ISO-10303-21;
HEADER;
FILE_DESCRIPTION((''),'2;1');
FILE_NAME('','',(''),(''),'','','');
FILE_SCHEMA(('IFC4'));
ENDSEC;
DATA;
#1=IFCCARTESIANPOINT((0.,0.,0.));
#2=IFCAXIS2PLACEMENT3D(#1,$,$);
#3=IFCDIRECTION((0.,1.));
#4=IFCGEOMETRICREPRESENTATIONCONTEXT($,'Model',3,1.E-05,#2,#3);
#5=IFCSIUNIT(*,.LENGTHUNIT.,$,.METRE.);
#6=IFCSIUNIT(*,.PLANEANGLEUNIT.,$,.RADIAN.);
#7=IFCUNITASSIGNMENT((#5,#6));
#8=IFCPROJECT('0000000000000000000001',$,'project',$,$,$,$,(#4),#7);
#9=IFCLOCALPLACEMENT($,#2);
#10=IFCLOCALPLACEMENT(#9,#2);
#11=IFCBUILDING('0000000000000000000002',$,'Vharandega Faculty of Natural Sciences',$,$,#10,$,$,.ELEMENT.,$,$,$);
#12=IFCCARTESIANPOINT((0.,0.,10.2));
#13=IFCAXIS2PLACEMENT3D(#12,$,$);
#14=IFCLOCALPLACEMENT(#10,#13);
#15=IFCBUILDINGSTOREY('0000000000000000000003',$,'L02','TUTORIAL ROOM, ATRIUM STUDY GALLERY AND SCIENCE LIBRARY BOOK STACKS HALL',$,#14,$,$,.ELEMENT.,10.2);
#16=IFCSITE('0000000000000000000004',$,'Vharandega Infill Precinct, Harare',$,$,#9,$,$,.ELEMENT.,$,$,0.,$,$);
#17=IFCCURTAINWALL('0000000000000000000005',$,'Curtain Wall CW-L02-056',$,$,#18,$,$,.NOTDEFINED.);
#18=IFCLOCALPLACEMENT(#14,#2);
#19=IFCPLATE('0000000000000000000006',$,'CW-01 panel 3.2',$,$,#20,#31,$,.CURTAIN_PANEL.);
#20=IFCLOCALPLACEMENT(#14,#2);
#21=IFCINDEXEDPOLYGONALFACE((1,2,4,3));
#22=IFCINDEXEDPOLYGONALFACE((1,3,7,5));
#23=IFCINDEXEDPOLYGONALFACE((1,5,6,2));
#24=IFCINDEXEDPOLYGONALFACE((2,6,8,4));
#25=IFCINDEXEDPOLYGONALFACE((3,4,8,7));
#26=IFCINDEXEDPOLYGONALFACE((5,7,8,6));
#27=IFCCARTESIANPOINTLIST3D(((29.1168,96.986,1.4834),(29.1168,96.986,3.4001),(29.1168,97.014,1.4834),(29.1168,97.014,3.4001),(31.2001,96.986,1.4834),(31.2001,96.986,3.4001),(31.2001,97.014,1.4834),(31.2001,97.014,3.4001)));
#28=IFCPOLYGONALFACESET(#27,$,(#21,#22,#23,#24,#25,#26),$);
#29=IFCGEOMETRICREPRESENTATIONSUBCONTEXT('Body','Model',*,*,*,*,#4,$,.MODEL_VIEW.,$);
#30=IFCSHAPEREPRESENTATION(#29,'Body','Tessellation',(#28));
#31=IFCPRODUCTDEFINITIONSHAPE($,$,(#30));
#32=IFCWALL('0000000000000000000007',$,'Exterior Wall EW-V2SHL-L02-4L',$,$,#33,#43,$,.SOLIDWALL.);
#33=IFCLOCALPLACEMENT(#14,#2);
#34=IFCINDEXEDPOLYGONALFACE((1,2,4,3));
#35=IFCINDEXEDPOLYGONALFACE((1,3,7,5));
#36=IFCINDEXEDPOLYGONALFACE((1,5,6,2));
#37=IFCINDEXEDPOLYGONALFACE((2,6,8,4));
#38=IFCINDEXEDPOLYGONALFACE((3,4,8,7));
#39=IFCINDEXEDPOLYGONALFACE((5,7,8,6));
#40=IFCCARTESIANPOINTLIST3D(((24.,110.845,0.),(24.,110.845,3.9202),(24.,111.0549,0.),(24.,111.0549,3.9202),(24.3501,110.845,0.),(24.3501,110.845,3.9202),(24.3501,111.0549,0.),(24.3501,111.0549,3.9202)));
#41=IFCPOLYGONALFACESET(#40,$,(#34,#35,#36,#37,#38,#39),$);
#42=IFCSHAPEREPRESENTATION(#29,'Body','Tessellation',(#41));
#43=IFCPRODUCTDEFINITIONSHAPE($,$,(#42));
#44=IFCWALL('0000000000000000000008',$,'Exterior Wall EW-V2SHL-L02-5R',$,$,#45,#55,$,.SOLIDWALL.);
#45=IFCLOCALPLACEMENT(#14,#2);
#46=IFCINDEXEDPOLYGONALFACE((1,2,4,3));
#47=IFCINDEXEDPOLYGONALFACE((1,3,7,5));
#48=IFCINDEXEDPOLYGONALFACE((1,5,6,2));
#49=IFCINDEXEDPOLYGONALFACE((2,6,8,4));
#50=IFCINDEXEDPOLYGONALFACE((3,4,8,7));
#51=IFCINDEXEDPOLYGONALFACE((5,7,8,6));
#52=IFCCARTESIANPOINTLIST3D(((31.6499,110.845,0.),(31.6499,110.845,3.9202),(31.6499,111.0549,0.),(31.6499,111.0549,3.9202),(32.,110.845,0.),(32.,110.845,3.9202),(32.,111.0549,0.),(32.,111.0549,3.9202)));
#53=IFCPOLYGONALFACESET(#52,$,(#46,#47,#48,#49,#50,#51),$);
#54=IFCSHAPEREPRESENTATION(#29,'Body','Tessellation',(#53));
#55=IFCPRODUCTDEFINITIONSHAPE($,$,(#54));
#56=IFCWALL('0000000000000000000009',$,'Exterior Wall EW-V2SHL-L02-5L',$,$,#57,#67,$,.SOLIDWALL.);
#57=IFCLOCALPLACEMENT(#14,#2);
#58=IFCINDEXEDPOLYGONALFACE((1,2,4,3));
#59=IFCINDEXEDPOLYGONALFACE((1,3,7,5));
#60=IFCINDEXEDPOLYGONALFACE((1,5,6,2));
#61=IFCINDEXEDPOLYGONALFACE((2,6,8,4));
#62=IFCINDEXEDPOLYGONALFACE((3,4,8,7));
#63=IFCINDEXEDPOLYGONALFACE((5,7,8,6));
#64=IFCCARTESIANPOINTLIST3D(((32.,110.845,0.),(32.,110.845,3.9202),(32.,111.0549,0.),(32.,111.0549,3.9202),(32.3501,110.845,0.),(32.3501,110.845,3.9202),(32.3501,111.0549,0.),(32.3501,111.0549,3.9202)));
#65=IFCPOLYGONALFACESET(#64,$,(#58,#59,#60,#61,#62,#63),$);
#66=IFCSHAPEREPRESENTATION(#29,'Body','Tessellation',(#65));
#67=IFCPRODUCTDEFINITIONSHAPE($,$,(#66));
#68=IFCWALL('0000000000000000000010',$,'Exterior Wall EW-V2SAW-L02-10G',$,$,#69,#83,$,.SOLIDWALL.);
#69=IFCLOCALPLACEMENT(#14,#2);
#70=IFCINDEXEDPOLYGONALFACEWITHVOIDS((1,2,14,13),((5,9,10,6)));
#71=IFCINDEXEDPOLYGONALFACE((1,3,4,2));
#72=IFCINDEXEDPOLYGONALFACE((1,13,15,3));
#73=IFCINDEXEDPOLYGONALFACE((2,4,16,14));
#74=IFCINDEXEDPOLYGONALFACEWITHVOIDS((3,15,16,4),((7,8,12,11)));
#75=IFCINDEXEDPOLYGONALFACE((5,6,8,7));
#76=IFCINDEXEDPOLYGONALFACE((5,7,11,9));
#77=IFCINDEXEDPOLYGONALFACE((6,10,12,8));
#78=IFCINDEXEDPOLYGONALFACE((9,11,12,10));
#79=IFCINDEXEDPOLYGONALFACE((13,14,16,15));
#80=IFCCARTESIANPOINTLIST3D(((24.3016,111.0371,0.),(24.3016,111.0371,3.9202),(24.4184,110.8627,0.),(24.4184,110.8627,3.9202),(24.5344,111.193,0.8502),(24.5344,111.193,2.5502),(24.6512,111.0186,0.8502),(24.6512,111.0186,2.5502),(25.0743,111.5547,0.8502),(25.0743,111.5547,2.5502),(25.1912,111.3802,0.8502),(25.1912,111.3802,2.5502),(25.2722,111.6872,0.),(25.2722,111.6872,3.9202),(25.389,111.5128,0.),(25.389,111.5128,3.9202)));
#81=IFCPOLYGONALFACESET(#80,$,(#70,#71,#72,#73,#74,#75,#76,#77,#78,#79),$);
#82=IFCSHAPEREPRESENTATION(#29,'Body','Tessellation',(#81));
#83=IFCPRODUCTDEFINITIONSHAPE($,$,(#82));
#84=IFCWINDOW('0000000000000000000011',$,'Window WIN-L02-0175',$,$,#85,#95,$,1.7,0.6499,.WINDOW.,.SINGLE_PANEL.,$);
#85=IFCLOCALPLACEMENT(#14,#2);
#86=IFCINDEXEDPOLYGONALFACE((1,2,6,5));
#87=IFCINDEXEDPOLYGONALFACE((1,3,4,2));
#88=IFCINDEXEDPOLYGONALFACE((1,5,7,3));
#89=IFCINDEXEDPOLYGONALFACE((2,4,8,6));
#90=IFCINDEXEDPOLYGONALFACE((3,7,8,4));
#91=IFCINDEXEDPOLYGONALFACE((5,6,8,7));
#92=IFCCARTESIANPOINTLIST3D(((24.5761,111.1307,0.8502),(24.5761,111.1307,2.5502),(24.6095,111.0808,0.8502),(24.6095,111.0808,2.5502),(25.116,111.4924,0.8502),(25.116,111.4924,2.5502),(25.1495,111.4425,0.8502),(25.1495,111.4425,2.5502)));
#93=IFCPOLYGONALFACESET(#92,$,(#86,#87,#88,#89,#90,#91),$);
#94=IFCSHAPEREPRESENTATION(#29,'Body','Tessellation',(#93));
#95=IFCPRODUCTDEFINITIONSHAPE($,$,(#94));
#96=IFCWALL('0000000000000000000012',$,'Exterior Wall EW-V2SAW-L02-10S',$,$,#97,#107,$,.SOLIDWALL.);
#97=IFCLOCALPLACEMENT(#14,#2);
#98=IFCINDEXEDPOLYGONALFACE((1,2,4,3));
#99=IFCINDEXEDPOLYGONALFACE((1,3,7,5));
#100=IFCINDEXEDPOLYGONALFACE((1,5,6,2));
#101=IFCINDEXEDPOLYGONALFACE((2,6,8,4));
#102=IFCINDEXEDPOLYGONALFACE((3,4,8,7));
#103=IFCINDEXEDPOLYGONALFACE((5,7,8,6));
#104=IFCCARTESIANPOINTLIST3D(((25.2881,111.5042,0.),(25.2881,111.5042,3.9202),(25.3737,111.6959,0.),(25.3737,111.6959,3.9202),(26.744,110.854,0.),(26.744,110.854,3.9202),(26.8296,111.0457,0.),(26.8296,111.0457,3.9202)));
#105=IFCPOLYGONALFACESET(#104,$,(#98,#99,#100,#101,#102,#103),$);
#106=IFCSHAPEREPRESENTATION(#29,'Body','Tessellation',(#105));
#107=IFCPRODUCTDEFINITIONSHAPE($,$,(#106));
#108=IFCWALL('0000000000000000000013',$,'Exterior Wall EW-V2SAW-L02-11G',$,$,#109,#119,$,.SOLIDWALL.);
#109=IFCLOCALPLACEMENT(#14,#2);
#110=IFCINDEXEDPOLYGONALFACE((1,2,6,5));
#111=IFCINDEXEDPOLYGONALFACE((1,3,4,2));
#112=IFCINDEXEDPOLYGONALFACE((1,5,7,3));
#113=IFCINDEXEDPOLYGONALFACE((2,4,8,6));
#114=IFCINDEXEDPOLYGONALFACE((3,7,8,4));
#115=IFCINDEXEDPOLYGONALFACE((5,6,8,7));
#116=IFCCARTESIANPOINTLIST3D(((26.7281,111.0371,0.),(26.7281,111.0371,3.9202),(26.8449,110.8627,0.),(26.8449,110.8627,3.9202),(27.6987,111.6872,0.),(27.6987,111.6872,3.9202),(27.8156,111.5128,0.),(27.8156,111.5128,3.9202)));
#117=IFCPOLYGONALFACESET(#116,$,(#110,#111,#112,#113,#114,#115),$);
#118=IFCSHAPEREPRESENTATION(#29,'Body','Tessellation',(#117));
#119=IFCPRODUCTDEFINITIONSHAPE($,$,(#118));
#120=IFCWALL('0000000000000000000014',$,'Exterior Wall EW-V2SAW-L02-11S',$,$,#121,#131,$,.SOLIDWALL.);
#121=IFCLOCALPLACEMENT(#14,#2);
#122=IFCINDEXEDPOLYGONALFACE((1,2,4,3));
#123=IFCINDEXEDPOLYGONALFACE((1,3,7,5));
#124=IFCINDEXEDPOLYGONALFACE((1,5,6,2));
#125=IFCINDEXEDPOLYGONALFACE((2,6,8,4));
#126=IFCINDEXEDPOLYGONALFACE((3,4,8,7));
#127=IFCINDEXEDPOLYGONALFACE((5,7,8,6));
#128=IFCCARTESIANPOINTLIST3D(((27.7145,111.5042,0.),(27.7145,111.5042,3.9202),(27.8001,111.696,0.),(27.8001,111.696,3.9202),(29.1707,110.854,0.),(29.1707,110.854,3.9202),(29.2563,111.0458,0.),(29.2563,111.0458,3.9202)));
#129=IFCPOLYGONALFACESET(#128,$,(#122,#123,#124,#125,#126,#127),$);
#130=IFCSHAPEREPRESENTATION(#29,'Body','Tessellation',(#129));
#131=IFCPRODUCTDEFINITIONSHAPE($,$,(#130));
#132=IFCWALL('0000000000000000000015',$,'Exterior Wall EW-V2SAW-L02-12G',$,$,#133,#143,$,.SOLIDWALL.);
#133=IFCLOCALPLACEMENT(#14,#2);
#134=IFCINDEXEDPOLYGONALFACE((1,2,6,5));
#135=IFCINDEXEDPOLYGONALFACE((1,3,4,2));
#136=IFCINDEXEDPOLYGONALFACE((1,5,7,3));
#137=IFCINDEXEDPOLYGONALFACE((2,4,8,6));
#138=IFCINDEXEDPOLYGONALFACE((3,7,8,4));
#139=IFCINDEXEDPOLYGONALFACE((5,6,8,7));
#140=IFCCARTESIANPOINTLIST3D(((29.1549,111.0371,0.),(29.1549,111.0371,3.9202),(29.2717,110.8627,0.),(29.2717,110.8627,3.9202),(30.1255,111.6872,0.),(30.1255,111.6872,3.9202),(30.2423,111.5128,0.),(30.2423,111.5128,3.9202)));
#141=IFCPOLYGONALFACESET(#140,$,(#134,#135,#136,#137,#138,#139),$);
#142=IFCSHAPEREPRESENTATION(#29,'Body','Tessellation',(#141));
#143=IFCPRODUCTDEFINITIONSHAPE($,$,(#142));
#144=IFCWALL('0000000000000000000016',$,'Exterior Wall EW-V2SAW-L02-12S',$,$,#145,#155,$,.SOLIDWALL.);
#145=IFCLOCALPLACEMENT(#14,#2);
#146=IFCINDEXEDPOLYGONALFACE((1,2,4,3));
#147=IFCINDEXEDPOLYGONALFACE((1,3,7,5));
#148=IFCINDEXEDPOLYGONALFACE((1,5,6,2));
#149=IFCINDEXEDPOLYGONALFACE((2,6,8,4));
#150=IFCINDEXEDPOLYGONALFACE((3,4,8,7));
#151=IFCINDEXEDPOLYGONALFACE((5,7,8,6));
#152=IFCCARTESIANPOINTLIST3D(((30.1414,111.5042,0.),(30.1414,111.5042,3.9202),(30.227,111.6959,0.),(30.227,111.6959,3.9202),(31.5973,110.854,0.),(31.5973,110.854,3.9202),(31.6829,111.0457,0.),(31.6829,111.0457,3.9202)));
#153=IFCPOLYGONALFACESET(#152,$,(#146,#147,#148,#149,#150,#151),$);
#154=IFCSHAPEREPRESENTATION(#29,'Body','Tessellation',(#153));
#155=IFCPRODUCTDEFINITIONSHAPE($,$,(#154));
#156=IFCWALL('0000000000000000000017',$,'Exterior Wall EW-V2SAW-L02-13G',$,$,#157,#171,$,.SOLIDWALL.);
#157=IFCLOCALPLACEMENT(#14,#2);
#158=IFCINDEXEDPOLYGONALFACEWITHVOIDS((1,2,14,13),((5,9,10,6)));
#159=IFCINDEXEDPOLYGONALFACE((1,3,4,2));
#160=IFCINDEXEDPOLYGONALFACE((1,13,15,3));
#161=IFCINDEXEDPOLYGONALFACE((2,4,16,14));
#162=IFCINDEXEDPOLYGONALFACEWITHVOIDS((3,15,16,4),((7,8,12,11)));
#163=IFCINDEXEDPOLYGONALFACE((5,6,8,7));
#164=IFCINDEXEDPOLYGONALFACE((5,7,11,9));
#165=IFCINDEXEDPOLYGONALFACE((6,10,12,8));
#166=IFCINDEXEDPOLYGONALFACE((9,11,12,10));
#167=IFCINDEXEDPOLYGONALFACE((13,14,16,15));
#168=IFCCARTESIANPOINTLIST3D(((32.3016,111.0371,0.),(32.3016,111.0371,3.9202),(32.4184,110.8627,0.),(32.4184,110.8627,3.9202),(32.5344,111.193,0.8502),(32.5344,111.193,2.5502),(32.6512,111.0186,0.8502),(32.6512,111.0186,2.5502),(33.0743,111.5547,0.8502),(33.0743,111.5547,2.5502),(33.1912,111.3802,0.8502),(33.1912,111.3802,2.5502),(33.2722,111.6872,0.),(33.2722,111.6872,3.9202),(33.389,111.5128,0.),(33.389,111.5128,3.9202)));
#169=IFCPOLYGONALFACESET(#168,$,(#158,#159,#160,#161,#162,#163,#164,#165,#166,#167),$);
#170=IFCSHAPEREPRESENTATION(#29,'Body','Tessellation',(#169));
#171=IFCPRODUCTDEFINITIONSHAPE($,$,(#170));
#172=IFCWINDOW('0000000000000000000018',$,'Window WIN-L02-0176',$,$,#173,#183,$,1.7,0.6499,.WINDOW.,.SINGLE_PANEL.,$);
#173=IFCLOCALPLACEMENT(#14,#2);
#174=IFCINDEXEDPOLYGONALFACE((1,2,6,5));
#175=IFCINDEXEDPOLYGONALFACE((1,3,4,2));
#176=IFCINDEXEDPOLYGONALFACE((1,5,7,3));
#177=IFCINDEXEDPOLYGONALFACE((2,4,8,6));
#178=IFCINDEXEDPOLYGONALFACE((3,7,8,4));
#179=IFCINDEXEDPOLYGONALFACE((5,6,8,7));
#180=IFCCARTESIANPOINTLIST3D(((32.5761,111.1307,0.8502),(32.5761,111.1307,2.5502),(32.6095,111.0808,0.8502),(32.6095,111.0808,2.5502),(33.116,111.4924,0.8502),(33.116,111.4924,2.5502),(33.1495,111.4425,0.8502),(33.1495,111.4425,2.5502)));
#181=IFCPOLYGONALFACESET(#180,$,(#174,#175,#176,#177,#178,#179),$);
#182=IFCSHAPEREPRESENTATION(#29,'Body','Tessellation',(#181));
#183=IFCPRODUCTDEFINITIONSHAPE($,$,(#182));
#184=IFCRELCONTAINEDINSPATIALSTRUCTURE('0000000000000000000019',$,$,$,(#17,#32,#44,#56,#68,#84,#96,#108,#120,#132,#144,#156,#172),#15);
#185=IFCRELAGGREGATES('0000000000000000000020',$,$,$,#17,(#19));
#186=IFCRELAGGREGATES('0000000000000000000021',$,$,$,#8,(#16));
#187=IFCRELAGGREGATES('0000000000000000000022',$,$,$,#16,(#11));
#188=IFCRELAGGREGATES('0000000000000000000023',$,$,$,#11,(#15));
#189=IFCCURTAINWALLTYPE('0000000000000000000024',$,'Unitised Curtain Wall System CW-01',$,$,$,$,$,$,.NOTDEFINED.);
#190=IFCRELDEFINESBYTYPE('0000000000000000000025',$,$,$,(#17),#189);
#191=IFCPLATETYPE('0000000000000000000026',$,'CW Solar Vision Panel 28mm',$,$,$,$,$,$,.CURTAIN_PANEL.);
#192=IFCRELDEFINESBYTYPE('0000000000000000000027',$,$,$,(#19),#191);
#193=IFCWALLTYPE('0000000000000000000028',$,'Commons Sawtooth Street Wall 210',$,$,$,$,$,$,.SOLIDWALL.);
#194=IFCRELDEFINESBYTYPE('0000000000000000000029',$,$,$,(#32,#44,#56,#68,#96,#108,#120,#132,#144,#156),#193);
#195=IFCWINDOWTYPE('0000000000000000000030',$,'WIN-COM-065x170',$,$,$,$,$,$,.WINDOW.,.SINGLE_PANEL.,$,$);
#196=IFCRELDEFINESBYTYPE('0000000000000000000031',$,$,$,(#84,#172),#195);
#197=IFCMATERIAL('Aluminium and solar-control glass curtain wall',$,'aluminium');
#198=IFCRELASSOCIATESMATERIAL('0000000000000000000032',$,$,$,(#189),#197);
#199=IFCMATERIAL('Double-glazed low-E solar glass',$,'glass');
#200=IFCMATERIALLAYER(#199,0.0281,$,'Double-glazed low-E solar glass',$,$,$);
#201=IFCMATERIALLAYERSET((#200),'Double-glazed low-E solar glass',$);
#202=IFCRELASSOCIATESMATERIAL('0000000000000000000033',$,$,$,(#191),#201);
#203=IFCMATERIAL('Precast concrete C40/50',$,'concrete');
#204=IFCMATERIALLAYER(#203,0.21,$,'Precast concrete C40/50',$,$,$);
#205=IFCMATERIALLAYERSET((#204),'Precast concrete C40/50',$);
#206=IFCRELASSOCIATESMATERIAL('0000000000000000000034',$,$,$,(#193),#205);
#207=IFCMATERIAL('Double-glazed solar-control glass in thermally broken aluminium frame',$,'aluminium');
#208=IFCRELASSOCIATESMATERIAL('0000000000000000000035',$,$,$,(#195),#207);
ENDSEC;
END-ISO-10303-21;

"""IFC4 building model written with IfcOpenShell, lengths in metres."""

from ifc_helpers import new_model, si_unit, direction, frame, frame_2d, origin, origin_2d, place, context, subcontext, project, spatial, rectangle, extrude, material, layer, layer_set, type_object, element, fill, aggregate, save


model = new_model("IFC4")

# Units and contexts
model_context = context("Model", 3, precision=1e-05, world=origin(), true_north=direction((0.0, 1.0)))
body_context = subcontext(model_context, "Body", "Model", "MODEL_VIEW")
ifc_project = project(units=[si_unit("LENGTHUNIT", "METRE"), si_unit("PLANEANGLEUNIT", "RADIAN")], contexts=[model_context])

# Site, building, storey
site_placement = place(None, origin())
site = spatial("IfcSite", under=ifc_project, at=site_placement, Name="Vharandega Infill Precinct, Harare", CompositionType="ELEMENT", RefElevation=0.0)
building_placement = place(site_placement, origin())
building = spatial("IfcBuilding", under=site, at=building_placement, Name="Vharandega Faculty of Natural Sciences", CompositionType="ELEMENT")
storey_placement = place(building_placement, frame((0.0, 0.0, 10.2)))
storey = spatial("IfcBuildingStorey", under=building, at=storey_placement, Name="L02", Description="TUTORIAL ROOM, ATRIUM STUDY GALLERY AND SCIENCE LIBRARY BOOK STACKS HALL", CompositionType="ELEMENT", Elevation=10.2)

# Curtain wall
ifc_material_1 = material(Name="Aluminium and solar-control glass curtain wall", Category="aluminium")
curtain_wall_type = type_object("IfcCurtainWallType", Name="Unitised Curtain Wall System CW-01", PredefinedType="NOTDEFINED", material=ifc_material_1)
curtain_wall_placement = place(storey_placement, origin())
curtain_wall = element("IfcCurtainWall", 1, at=curtain_wall_placement, inside=storey, type_object=curtain_wall_type, Name="Curtain Wall CW-L02-056", PredefinedType="NOTDEFINED")

# Plate
ifc_material_2 = material(Name="Double-glazed low-E solar glass", Category="glass")
ifc_layer_1 = layer(ifc_material_2, 0.0281, Name="Double-glazed low-E solar glass")
ifc_layer_set_1 = layer_set([ifc_layer_1], Name="Double-glazed low-E solar glass")
plate_type = type_object("IfcPlateType", Name="CW Solar Vision Panel 28mm", PredefinedType="CURTAIN_PANEL", material=ifc_layer_set_1)
plate_1_placement = place(storey_placement, frame((30.1584, 97.0, 1.4834), z_axis=(0.0, 0.0, 1.0), x_axis=(1.0, 0.0, 0.0)))
plate_1 = element("IfcPlate", 2, at=plate_1_placement, type_object=plate_type, Name="CW-01 panel 3.2", PredefinedType="CURTAIN_PANEL", context=body_context, shape_type="SweptSolid", body=[
    extrude(rectangle(XDim=2.0833, YDim=0.0281, at=origin_2d()), origin(), (0.0, 0.0, 1.0), 1.9167),
])
aggregate(curtain_wall, [plate_1])

# Walls
ifc_material_3 = material(Name="Precast concrete C40/50", Category="concrete")
ifc_layer_2 = layer(ifc_material_3, 0.21, Name="Precast concrete C40/50")
ifc_layer_set_2 = layer_set([ifc_layer_2], Name="Precast concrete C40/50")
wall_type = type_object("IfcWallType", Name="Commons Sawtooth Street Wall 210", PredefinedType="SOLIDWALL", material=ifc_layer_set_2)
for number, where, z_axis, x_axis, name in (
    (3, (24.0, 110.95, 0.0), (0.0, 0.0, 1.0), (1.0, 0.0, 0.0), "Exterior Wall EW-V2SHL-L02-4L"),
    (4, (31.6499, 110.95, 0.0), (0.0, 0.0, 1.0), (1.0, 0.0, 0.0), "Exterior Wall EW-V2SHL-L02-5R"),
    (5, (32.0, 110.95, 0.0), (0.0, 0.0, 1.0), (1.0, 0.0, 0.0), "Exterior Wall EW-V2SHL-L02-5L"),
):
    element("IfcWall", number, at=place(storey_placement, frame(where, z_axis=z_axis, x_axis=x_axis)), inside=storey, type_object=wall_type, Name=name, PredefinedType="SOLIDWALL", context=body_context, shape_type="SweptSolid", body=[
        extrude(rectangle(XDim=0.3501, YDim=0.21, at=frame_2d((0.175, 0.0))), origin(), (0.0, 0.0, 1.0), 3.9202),
    ])

# Wall, opening, window
wall_1_placement = place(storey_placement, frame((24.3601, 110.95, 0.0), z_axis=(0.0, 0.0, 1.0), x_axis=(0.830859, 0.556483, 0.0)))
wall_1 = element("IfcWall", 6, at=wall_1_placement, inside=storey, type_object=wall_type, Name="Exterior Wall EW-V2SAW-L02-10G", PredefinedType="SOLIDWALL", context=body_context, shape_type="SweptSolid", body=[
    extrude(rectangle(XDim=1.1682, YDim=0.21, at=frame_2d((0.584, 0.0))), origin(), (0.0, 0.0, 1.0), 3.9202),
])
opening_1_placement = place(wall_1_placement, frame((0.28, 0.0, 0.8501)))
opening_1 = element("IfcOpeningElement", 7, at=opening_1_placement, cuts=wall_1, PredefinedType="OPENING", context=body_context, shape_type="SweptSolid", body=[
    extrude(rectangle(XDim=0.6499, YDim=1.7, at=frame_2d((0.325, 0.8501))), frame((0.0, 0.115, 0.0), z_axis=(0.0, -1.0, 0.0), x_axis=(1.0, 0.0, 0.0)), (0.0, 0.0, 1.0), 0.23),
])
ifc_material_4 = material(Name="Double-glazed solar-control glass in thermally broken aluminium frame", Category="aluminium")
window_type = type_object("IfcWindowType", Name="WIN-COM-065x170", PartitioningType="SINGLE_PANEL", PredefinedType="WINDOW", material=ifc_material_4)
window_1_placement = place(opening_1_placement, origin())
window_1 = element("IfcWindow", 8, at=window_1_placement, inside=storey, type_object=window_type, Name="Window WIN-L02-0175", OverallHeight=1.7, OverallWidth=0.6499, PartitioningType="SINGLE_PANEL", PredefinedType="WINDOW", context=body_context, shape_type="SweptSolid", body=[
    extrude(rectangle(XDim=0.6499, YDim=1.7, at=frame_2d((0.325, 0.8501))), frame((0.0, 0.03, 0.0), z_axis=(0.0, -1.0, 0.0), x_axis=(1.0, 0.0, 0.0)), (0.0, 0.0, 1.0), 0.0601),
])
fill(opening_1, window_1)

# Walls
wall_2_placement = place(storey_placement, frame((25.3308, 111.6001, 0.0), z_axis=(0.0, 0.0, 1.0), x_axis=(0.913084, -0.407772, 0.0)))
element("IfcWall", 9, at=wall_2_placement, inside=storey, type_object=wall_type, Name="Exterior Wall EW-V2SAW-L02-10S", PredefinedType="SOLIDWALL", context=body_context, shape_type="SweptSolid", body=[
    extrude(rectangle(XDim=1.5945, YDim=0.21, at=frame_2d((0.7974, 0.0))), origin(), (0.0, 0.0, 1.0), 3.9202),
])
wall_3_placement = place(storey_placement, frame((26.7866, 110.95, 0.0), z_axis=(0.0, 0.0, 1.0), x_axis=(0.830859, 0.556483, 0.0)))
element("IfcWall", 10, at=wall_3_placement, inside=storey, type_object=wall_type, Name="Exterior Wall EW-V2SAW-L02-11G", PredefinedType="SOLIDWALL", context=body_context, shape_type="SweptSolid", body=[
    extrude(rectangle(XDim=1.1682, YDim=0.21, at=frame_2d((0.584, 0.0))), origin(), (0.0, 0.0, 1.0), 3.9202),
])
wall_4_placement = place(storey_placement, frame((27.7573, 111.6001, 0.0), z_axis=(0.0, 0.0, 1.0), x_axis=(0.913109, -0.407715, 0.0)))
element("IfcWall", 11, at=wall_4_placement, inside=storey, type_object=wall_type, Name="Exterior Wall EW-V2SAW-L02-11S", PredefinedType="SOLIDWALL", context=body_context, shape_type="SweptSolid", body=[
    extrude(rectangle(XDim=1.5947, YDim=0.21, at=frame_2d((0.7974, 0.0))), origin(), (0.0, 0.0, 1.0), 3.9202),
])
wall_5_placement = place(storey_placement, frame((29.2134, 110.95, 0.0), z_axis=(0.0, 0.0, 1.0), x_axis=(0.830859, 0.556483, 0.0)))
element("IfcWall", 12, at=wall_5_placement, inside=storey, type_object=wall_type, Name="Exterior Wall EW-V2SAW-L02-12G", PredefinedType="SOLIDWALL", context=body_context, shape_type="SweptSolid", body=[
    extrude(rectangle(XDim=1.1682, YDim=0.21, at=frame_2d((0.584, 0.0))), origin(), (0.0, 0.0, 1.0), 3.9202),
])
wall_6_placement = place(storey_placement, frame((30.1841, 111.6001, 0.0), z_axis=(0.0, 0.0, 1.0), x_axis=(0.913084, -0.407772, 0.0)))
element("IfcWall", 13, at=wall_6_placement, inside=storey, type_object=wall_type, Name="Exterior Wall EW-V2SAW-L02-12S", PredefinedType="SOLIDWALL", context=body_context, shape_type="SweptSolid", body=[
    extrude(rectangle(XDim=1.5945, YDim=0.21, at=frame_2d((0.7974, 0.0))), origin(), (0.0, 0.0, 1.0), 3.9202),
])

# Wall, opening, window
wall_7_placement = place(storey_placement, frame((32.3601, 110.95, 0.0), z_axis=(0.0, 0.0, 1.0), x_axis=(0.830859, 0.556483, 0.0)))
wall_7 = element("IfcWall", 14, at=wall_7_placement, inside=storey, type_object=wall_type, Name="Exterior Wall EW-V2SAW-L02-13G", PredefinedType="SOLIDWALL", context=body_context, shape_type="SweptSolid", body=[
    extrude(rectangle(XDim=1.1682, YDim=0.21, at=frame_2d((0.584, 0.0))), origin(), (0.0, 0.0, 1.0), 3.9202),
])
opening_2_placement = place(wall_7_placement, frame((0.28, 0.0, 0.8501)))
opening_2 = element("IfcOpeningElement", 15, at=opening_2_placement, cuts=wall_7, PredefinedType="OPENING", context=body_context, shape_type="SweptSolid", body=[
    extrude(rectangle(XDim=0.6499, YDim=1.7, at=frame_2d((0.325, 0.8501))), frame((0.0, 0.115, 0.0), z_axis=(0.0, -1.0, 0.0), x_axis=(1.0, 0.0, 0.0)), (0.0, 0.0, 1.0), 0.23),
])
window_2_placement = place(opening_2_placement, origin())
window_2 = element("IfcWindow", 16, at=window_2_placement, inside=storey, type_object=window_type, Name="Window WIN-L02-0176", OverallHeight=1.7, OverallWidth=0.6499, PartitioningType="SINGLE_PANEL", PredefinedType="WINDOW", context=body_context, shape_type="SweptSolid", body=[
    extrude(rectangle(XDim=0.6499, YDim=1.7, at=frame_2d((0.325, 0.8501))), frame((0.0, 0.03, 0.0), z_axis=(0.0, -1.0, 0.0), x_axis=(1.0, 0.0, 0.0)), (0.0, 0.0, 1.0), 0.0601),
])
fill(opening_2, window_2)

save(model, "model.ifc")
